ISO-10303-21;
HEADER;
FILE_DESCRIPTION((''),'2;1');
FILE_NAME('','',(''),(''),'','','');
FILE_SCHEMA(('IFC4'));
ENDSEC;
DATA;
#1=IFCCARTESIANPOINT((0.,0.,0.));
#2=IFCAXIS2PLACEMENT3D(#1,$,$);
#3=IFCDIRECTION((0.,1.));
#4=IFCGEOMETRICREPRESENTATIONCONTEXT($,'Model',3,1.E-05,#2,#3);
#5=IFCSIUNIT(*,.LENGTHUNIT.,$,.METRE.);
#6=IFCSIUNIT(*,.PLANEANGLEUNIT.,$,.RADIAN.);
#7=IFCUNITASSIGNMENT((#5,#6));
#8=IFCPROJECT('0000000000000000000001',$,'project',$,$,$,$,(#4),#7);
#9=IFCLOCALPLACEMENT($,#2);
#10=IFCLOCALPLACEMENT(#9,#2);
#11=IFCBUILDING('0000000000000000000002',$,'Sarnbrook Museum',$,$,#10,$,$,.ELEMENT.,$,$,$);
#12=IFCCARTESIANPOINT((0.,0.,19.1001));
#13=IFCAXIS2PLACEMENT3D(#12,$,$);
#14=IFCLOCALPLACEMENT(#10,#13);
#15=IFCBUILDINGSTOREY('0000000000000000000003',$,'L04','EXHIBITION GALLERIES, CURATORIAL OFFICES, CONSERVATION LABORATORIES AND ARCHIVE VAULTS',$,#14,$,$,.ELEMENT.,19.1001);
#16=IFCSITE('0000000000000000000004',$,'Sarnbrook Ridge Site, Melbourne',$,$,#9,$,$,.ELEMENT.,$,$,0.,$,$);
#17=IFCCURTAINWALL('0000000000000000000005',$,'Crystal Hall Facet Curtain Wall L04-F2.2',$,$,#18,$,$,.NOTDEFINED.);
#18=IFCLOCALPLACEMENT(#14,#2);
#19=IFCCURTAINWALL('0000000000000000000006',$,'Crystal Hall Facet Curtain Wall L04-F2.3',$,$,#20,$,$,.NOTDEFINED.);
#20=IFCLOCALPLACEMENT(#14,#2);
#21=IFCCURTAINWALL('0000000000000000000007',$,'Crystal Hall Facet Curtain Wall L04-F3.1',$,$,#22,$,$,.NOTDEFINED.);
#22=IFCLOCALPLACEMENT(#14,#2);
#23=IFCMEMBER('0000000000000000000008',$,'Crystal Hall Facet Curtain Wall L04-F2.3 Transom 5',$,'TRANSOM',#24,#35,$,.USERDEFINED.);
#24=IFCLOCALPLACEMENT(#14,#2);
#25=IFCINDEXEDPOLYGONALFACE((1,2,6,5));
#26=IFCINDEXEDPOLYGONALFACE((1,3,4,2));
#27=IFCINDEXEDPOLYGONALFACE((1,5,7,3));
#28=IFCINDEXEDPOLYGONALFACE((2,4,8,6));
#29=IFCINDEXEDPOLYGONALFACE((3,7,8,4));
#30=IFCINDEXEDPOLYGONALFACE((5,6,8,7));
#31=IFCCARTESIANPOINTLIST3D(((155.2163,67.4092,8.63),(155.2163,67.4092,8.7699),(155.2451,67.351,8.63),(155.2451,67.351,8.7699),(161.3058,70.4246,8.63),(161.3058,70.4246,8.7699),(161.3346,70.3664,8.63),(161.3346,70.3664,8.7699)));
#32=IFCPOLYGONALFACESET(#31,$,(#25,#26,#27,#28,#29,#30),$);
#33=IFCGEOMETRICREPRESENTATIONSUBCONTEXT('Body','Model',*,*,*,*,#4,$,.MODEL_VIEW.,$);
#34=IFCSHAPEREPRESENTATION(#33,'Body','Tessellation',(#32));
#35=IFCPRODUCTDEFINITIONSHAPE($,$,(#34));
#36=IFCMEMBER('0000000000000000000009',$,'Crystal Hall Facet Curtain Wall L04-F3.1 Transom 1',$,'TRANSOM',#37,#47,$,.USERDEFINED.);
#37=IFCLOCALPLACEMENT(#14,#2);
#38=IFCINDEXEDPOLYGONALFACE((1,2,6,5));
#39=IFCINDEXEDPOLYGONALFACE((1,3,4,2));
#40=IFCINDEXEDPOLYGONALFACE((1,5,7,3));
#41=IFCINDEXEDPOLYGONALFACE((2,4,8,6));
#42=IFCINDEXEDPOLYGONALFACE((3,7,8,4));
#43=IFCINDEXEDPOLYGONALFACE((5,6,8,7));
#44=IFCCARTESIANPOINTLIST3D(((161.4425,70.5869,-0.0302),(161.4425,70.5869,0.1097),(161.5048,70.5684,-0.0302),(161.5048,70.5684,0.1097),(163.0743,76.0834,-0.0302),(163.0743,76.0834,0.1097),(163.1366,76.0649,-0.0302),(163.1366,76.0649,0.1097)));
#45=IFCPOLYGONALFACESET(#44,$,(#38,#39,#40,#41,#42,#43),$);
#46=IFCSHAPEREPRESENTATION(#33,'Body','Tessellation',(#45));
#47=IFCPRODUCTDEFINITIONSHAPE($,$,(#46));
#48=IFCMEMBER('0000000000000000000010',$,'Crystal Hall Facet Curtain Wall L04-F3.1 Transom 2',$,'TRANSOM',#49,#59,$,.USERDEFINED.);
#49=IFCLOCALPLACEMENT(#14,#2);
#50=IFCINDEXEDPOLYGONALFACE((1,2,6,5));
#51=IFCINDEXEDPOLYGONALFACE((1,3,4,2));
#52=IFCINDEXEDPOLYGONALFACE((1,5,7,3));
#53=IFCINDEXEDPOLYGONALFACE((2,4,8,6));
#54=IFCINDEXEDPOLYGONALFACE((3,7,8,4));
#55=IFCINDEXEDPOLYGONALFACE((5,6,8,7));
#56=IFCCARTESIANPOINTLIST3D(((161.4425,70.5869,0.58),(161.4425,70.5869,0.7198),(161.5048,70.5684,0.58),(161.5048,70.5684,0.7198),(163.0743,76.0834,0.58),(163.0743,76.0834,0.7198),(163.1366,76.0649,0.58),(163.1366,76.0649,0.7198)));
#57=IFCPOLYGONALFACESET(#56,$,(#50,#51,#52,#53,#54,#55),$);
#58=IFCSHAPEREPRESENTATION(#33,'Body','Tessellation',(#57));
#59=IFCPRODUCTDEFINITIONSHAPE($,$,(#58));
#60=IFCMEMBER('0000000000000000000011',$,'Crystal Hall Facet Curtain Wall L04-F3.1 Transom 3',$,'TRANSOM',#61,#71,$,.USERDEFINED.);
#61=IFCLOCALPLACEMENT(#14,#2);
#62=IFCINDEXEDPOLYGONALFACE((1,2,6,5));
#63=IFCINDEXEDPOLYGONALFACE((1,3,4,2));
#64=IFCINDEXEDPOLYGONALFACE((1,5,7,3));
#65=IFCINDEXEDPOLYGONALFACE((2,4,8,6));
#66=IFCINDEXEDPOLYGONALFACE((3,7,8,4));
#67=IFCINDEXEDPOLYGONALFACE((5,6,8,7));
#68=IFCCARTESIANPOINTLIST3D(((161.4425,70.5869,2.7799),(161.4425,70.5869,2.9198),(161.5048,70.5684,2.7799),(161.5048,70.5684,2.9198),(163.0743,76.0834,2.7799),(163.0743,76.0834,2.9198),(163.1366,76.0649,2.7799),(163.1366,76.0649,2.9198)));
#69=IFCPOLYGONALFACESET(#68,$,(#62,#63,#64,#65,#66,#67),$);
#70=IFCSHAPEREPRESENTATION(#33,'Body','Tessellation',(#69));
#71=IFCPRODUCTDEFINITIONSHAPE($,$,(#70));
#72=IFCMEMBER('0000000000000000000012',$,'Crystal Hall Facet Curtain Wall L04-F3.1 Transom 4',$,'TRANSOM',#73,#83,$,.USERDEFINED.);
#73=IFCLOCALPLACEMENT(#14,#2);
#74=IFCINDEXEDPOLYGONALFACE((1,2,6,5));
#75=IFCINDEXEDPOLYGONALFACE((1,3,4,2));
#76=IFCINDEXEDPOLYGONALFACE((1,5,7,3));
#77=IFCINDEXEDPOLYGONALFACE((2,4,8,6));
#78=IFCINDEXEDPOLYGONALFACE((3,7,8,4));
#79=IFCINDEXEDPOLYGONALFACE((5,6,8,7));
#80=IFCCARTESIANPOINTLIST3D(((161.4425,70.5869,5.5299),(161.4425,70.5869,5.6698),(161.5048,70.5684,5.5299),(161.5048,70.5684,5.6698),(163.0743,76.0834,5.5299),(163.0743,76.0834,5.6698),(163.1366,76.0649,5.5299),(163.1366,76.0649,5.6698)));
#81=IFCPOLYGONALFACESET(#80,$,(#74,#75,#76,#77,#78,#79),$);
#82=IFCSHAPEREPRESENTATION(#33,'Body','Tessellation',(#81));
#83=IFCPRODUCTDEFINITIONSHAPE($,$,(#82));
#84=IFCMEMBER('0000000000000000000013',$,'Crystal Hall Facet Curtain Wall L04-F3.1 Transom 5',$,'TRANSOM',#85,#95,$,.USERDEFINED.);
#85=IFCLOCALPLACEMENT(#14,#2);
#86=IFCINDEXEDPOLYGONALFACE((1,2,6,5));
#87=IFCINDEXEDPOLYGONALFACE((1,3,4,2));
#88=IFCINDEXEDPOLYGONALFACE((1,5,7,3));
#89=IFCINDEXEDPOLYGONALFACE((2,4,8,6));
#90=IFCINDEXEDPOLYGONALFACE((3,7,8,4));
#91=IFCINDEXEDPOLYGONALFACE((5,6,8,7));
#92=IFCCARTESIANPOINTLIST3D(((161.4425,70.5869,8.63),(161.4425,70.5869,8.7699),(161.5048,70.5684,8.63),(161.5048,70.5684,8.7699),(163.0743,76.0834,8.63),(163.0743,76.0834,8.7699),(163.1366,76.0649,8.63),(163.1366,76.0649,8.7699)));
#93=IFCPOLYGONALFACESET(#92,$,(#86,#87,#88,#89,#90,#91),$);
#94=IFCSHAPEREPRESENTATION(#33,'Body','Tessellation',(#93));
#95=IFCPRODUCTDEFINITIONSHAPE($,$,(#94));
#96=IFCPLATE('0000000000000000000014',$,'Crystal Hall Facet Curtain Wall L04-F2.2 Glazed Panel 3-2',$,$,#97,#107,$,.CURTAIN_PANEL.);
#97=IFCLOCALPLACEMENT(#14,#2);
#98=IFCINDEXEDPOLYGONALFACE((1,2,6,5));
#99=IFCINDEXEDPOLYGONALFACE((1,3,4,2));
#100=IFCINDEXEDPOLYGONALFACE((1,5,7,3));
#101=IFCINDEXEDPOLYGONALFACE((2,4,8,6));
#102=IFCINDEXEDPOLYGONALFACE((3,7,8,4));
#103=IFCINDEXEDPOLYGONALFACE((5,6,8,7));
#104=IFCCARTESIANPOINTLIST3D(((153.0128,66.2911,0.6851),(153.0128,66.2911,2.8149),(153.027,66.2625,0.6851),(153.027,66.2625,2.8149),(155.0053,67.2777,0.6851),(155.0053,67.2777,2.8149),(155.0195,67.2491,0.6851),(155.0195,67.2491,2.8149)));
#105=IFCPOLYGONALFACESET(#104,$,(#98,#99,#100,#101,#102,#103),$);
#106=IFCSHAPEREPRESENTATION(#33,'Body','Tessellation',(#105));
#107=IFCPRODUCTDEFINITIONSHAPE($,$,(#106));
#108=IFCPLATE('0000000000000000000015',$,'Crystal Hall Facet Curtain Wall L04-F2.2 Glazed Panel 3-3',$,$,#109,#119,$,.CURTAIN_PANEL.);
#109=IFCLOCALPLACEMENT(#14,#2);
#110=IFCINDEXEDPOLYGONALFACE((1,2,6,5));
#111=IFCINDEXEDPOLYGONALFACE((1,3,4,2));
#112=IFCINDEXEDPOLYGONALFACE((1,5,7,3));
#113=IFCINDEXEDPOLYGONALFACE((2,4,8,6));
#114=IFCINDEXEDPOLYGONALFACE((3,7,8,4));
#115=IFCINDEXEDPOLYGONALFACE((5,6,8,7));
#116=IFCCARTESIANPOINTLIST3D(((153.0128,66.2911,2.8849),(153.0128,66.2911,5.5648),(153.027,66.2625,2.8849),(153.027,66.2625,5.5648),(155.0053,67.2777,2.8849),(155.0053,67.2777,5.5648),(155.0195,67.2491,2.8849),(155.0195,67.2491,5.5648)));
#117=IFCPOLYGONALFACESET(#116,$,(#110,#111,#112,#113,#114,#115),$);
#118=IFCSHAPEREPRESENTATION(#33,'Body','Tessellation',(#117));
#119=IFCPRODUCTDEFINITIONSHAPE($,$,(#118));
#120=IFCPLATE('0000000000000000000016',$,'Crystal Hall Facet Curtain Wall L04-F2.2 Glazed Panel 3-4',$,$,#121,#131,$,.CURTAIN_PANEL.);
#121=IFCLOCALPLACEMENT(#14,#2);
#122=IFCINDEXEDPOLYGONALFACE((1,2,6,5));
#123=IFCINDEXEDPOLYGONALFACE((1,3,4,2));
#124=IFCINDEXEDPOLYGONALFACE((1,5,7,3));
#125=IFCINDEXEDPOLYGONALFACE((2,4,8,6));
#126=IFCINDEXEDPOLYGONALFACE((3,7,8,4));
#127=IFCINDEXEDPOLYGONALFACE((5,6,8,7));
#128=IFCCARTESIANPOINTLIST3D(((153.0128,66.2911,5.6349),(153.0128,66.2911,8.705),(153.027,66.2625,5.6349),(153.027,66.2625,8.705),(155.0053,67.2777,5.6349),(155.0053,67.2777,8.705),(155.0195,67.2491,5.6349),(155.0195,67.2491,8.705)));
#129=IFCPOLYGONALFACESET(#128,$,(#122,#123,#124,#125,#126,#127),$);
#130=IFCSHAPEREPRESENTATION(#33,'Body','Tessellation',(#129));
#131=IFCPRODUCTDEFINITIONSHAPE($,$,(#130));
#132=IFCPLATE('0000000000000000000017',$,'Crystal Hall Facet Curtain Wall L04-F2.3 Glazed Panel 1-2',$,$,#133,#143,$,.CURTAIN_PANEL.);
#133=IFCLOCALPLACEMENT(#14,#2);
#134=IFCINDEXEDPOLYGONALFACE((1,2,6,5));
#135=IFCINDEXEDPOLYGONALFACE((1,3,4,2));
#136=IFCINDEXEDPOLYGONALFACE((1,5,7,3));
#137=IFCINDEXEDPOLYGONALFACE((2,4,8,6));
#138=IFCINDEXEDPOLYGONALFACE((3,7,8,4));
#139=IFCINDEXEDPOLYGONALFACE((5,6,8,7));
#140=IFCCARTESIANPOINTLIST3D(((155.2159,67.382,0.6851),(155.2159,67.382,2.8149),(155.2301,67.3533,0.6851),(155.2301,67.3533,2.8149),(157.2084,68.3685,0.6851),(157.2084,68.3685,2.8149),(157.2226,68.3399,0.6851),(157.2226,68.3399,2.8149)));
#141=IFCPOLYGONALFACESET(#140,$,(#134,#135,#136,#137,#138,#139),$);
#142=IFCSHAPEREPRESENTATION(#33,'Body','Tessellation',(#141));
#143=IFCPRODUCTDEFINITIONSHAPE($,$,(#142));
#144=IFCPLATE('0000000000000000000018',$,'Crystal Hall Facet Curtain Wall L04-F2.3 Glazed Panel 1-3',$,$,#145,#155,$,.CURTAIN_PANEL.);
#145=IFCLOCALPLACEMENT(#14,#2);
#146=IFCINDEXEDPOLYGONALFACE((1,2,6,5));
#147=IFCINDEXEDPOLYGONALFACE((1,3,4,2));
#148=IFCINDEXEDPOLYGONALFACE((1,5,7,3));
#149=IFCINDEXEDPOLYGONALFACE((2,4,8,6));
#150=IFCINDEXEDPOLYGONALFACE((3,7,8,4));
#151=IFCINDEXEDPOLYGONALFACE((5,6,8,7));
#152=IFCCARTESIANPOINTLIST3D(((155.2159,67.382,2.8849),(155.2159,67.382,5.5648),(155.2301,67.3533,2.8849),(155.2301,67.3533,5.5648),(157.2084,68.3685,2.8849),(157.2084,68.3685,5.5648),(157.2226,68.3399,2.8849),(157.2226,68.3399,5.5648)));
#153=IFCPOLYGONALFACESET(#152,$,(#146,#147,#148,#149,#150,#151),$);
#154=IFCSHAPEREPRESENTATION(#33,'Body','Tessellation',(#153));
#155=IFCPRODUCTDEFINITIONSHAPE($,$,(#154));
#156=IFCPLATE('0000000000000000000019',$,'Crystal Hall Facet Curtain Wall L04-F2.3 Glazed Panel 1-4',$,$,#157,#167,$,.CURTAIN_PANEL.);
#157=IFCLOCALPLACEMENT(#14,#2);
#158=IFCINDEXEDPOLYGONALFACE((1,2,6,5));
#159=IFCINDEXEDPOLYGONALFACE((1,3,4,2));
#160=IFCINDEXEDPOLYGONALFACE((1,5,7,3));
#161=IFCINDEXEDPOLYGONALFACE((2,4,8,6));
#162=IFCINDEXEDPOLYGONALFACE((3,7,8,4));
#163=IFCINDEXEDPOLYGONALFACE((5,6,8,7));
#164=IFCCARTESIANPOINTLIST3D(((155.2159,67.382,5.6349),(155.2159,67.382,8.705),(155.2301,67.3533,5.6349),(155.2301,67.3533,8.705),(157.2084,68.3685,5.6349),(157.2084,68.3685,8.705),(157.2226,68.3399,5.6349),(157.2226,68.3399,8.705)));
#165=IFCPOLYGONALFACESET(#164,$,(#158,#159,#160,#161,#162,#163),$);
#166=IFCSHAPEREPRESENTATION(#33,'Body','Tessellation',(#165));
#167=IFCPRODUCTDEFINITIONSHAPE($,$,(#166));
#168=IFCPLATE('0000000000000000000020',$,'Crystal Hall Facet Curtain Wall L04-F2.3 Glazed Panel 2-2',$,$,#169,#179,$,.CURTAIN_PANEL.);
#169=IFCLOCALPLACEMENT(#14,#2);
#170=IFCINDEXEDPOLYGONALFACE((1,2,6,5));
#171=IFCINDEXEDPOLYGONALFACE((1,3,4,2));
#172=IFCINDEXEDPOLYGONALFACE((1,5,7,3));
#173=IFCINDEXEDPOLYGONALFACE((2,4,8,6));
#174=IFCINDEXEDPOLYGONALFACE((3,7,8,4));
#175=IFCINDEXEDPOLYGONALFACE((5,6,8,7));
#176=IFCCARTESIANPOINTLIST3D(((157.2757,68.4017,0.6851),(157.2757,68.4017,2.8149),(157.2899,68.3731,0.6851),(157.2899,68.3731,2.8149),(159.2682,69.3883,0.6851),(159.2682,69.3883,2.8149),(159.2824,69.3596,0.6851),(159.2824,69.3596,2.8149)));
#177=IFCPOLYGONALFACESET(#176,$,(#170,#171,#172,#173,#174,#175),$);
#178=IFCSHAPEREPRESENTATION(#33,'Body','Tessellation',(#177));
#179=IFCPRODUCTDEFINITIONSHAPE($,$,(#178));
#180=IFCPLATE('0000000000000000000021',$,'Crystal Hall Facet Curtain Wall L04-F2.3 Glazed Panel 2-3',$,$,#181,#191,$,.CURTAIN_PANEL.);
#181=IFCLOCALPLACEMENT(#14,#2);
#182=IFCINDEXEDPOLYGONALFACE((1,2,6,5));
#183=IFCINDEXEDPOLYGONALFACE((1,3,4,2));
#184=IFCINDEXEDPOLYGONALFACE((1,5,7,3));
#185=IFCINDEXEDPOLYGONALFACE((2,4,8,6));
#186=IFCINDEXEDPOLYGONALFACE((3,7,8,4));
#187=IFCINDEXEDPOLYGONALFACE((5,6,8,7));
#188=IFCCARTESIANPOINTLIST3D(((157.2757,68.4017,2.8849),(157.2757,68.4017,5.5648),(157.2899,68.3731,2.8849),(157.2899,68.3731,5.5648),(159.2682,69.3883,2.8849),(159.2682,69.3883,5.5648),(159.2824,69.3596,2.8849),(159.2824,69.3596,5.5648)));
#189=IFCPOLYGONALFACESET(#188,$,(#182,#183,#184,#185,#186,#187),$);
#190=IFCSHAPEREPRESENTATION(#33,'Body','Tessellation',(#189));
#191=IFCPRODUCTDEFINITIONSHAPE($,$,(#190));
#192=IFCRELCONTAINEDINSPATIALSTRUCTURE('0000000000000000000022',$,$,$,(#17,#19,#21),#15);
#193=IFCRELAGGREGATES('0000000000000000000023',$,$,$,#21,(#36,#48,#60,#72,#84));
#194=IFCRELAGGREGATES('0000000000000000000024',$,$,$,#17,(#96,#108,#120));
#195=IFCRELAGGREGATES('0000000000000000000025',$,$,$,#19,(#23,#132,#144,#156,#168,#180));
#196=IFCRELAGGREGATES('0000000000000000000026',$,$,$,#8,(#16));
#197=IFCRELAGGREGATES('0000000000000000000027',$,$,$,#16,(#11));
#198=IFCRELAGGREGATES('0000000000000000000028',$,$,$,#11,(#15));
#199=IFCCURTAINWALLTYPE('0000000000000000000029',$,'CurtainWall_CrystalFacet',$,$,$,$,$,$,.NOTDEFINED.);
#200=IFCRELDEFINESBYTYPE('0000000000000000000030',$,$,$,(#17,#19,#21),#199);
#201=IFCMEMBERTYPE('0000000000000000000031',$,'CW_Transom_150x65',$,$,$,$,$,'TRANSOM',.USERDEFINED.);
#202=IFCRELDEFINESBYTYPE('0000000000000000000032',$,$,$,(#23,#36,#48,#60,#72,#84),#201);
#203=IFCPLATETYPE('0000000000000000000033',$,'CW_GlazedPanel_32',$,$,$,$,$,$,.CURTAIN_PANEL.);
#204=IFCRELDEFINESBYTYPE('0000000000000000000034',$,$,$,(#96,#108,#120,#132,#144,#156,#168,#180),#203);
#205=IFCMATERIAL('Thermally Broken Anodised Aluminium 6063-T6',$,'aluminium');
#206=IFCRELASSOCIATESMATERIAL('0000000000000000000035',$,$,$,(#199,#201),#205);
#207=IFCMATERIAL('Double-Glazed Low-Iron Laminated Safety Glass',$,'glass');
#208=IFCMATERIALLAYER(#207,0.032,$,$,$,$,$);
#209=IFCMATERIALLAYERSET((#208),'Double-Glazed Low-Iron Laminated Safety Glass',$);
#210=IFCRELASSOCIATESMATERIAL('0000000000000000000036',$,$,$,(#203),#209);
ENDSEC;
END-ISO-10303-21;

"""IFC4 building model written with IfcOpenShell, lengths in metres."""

from ifc_helpers import new_model, si_unit, direction, frame, origin, origin_2d, place, context, subcontext, project, spatial, rectangle, extrude, material, layer, layer_set, material_profile, profile_set, type_object, element, aggregate, save


model = new_model("IFC4")

# Units and contexts
model_context = context("Model", 3, precision=1e-05, world=origin(), true_north=direction((0.0, 1.0)))
body_context = subcontext(model_context, "Body", "Model", "MODEL_VIEW")
ifc_project = project(units=[si_unit("LENGTHUNIT", "METRE"), si_unit("PLANEANGLEUNIT", "RADIAN")], contexts=[model_context])

# Site, building, storey
site_placement = place(None, origin())
site = spatial("IfcSite", under=ifc_project, at=site_placement, Name="Sarnbrook Ridge Site, Melbourne", CompositionType="ELEMENT", RefElevation=0.0)
building_placement = place(site_placement, origin())
building = spatial("IfcBuilding", under=site, at=building_placement, Name="Sarnbrook Museum", CompositionType="ELEMENT")
storey_placement = place(building_placement, frame((0.0, 0.0, 19.1001)))
storey = spatial("IfcBuildingStorey", under=building, at=storey_placement, Name="L04", Description="EXHIBITION GALLERIES, CURATORIAL OFFICES, CONSERVATION LABORATORIES AND ARCHIVE VAULTS", CompositionType="ELEMENT", Elevation=19.1001)

# Curtain walls
ifc_material_1 = material(Name="Thermally Broken Anodised Aluminium 6063-T6", Category="aluminium")
curtain_wall_type = type_object("IfcCurtainWallType", Name="CurtainWall_CrystalFacet", PredefinedType="NOTDEFINED", material=ifc_material_1)
curtain_wall_1_placement = place(storey_placement, origin())
curtain_wall_1 = element("IfcCurtainWall", 1, at=curtain_wall_1_placement, inside=storey, type_object=curtain_wall_type, Name="Crystal Hall Facet Curtain Wall L04-F2.2", PredefinedType="NOTDEFINED")
curtain_wall_2_placement = place(storey_placement, origin())
curtain_wall_2 = element("IfcCurtainWall", 2, at=curtain_wall_2_placement, inside=storey, type_object=curtain_wall_type, Name="Crystal Hall Facet Curtain Wall L04-F2.3", PredefinedType="NOTDEFINED")

# Curtain wall
curtain_wall_3_placement = place(storey_placement, origin())
curtain_wall_3 = element("IfcCurtainWall", 3, at=curtain_wall_3_placement, inside=storey, type_object=curtain_wall_type, Name="Crystal Hall Facet Curtain Wall L04-F3.1", PredefinedType="NOTDEFINED")

# Members
ifc_material_profile_1 = material_profile(ifc_material_1, rectangle(XDim=0.0649, YDim=0.1399, at=origin_2d()), Name="ALU TRANSOM 65x140")
ifc_profile_set_1 = profile_set([ifc_material_profile_1], Name="Thermally Broken Anodised Aluminium 6063-T6")
member_type_1 = type_object("IfcMemberType", Name="CW_Transom_150x65", ElementType="TRANSOM", PredefinedType="USERDEFINED", material=ifc_profile_set_1)
member_1_placement = place(storey_placement, frame((155.2307, 67.3801, 8.7), z_axis=(0.896152, 0.443747, 0.0), x_axis=(-0.443747, 0.896152, 0.0)))
member_1 = element("IfcMember", 4, at=member_1_placement, type_object=member_type_1, Name="Crystal Hall Facet Curtain Wall L04-F2.3 Transom 5", ObjectType="TRANSOM", PredefinedType="USERDEFINED", context=body_context, shape_type="SweptSolid", body=[
    extrude(rectangle(XDim=0.0649, YDim=0.1399, at=origin_2d()), origin(), (0.0, 0.0, 1.0), 6.7952),
])
member_2_placement = place(storey_placement, frame((161.4736, 70.5776, 0.0398), z_axis=(0.284604, 0.958645, 0.0), x_axis=(-0.958645, 0.284604, 0.0)))
member_2 = element("IfcMember", 5, at=member_2_placement, type_object=member_type_1, Name="Crystal Hall Facet Curtain Wall L04-F3.1 Transom 1", ObjectType="TRANSOM", PredefinedType="USERDEFINED", context=body_context, shape_type="SweptSolid", body=[
    extrude(rectangle(XDim=0.0649, YDim=0.1399, at=origin_2d()), origin(), (0.0, 0.0, 1.0), 5.7336),
])
member_3_placement = place(storey_placement, frame((161.4736, 70.5776, 0.6499), z_axis=(0.284604, 0.958645, 0.0), x_axis=(-0.958645, 0.284604, 0.0)))
member_3 = element("IfcMember", 6, at=member_3_placement, type_object=member_type_1, Name="Crystal Hall Facet Curtain Wall L04-F3.1 Transom 2", ObjectType="TRANSOM", PredefinedType="USERDEFINED", context=body_context, shape_type="SweptSolid", body=[
    extrude(rectangle(XDim=0.0649, YDim=0.1399, at=origin_2d()), origin(), (0.0, 0.0, 1.0), 5.7336),
])
member_4_placement = place(storey_placement, frame((161.4736, 70.5776, 2.8499), z_axis=(0.284604, 0.958645, 0.0), x_axis=(-0.958645, 0.284604, 0.0)))
member_4 = element("IfcMember", 7, at=member_4_placement, type_object=member_type_1, Name="Crystal Hall Facet Curtain Wall L04-F3.1 Transom 3", ObjectType="TRANSOM", PredefinedType="USERDEFINED", context=body_context, shape_type="SweptSolid", body=[
    extrude(rectangle(XDim=0.0649, YDim=0.1399, at=origin_2d()), origin(), (0.0, 0.0, 1.0), 5.7336),
])
member_5_placement = place(storey_placement, frame((161.4736, 70.5776, 5.5999), z_axis=(0.284604, 0.958645, 0.0), x_axis=(-0.958645, 0.284604, 0.0)))
member_5 = element("IfcMember", 8, at=member_5_placement, type_object=member_type_1, Name="Crystal Hall Facet Curtain Wall L04-F3.1 Transom 4", ObjectType="TRANSOM", PredefinedType="USERDEFINED", context=body_context, shape_type="SweptSolid", body=[
    extrude(rectangle(XDim=0.0649, YDim=0.1399, at=origin_2d()), origin(), (0.0, 0.0, 1.0), 5.7336),
])
member_6_placement = place(storey_placement, frame((161.4736, 70.5776, 8.7), z_axis=(0.284604, 0.958645, 0.0), x_axis=(-0.958645, 0.284604, 0.0)))
member_6 = element("IfcMember", 9, at=member_6_placement, type_object=member_type_1, Name="Crystal Hall Facet Curtain Wall L04-F3.1 Transom 5", ObjectType="TRANSOM", PredefinedType="USERDEFINED", context=body_context, shape_type="SweptSolid", body=[
    extrude(rectangle(XDim=0.0649, YDim=0.1399, at=origin_2d()), origin(), (0.0, 0.0, 1.0), 5.7336),
])
aggregate(curtain_wall_3, [member_2, member_3, member_4, member_5, member_6])

# Plates
ifc_material_2 = material(Name="Double-Glazed Low-Iron Laminated Safety Glass", Category="glass")
ifc_layer_1 = layer(ifc_material_2, 0.032)
ifc_layer_set_1 = layer_set([ifc_layer_1], Name="Double-Glazed Low-Iron Laminated Safety Glass")
plate_type_1 = type_object("IfcPlateType", Name="CW_GlazedPanel_32", PredefinedType="CURTAIN_PANEL", material=ifc_layer_set_1)
plate_1_placement = place(storey_placement, frame((154.009, 66.7844, 1.75), z_axis=(0.443729, -0.896161, 0.0), x_axis=(0.896161, 0.443729, 0.0)))
plate_1 = element("IfcPlate", 10, at=plate_1_placement, type_object=plate_type_1, Name="Crystal Hall Facet Curtain Wall L04-F2.2 Glazed Panel 3-2", PredefinedType="CURTAIN_PANEL", context=body_context, shape_type="SweptSolid", body=[
    extrude(rectangle(XDim=2.2234, YDim=2.1299, at=origin_2d()), origin(), (0.0, 0.0, 1.0), 0.032),
])
plate_2_placement = place(storey_placement, frame((154.009, 66.7844, 4.2249), z_axis=(0.443729, -0.896161, 0.0), x_axis=(0.896161, 0.443729, 0.0)))
plate_2 = element("IfcPlate", 11, at=plate_2_placement, type_object=plate_type_1, Name="Crystal Hall Facet Curtain Wall L04-F2.2 Glazed Panel 3-3", PredefinedType="CURTAIN_PANEL", context=body_context, shape_type="SweptSolid", body=[
    extrude(rectangle(XDim=2.2234, YDim=2.6799, at=origin_2d()), origin(), (0.0, 0.0, 1.0), 0.032),
])
plate_3_placement = place(storey_placement, frame((154.009, 66.7844, 7.1699), z_axis=(0.443729, -0.896161, 0.0), x_axis=(0.896161, 0.443729, 0.0)))
plate_3 = element("IfcPlate", 12, at=plate_3_placement, type_object=plate_type_1, Name="Crystal Hall Facet Curtain Wall L04-F2.2 Glazed Panel 3-4", PredefinedType="CURTAIN_PANEL", context=body_context, shape_type="SweptSolid", body=[
    extrude(rectangle(XDim=2.2234, YDim=3.0701, at=origin_2d()), origin(), (0.0, 0.0, 1.0), 0.032),
])
plate_4_placement = place(storey_placement, frame((156.2122, 67.8752, 1.75), z_axis=(0.443729, -0.896161, 0.0), x_axis=(0.896161, 0.443729, 0.0)))
plate_4 = element("IfcPlate", 13, at=plate_4_placement, type_object=plate_type_1, Name="Crystal Hall Facet Curtain Wall L04-F2.3 Glazed Panel 1-2", PredefinedType="CURTAIN_PANEL", context=body_context, shape_type="SweptSolid", body=[
    extrude(rectangle(XDim=2.2234, YDim=2.1299, at=origin_2d()), origin(), (0.0, 0.0, 1.0), 0.032),
])
plate_5_placement = place(storey_placement, frame((156.2122, 67.8752, 4.2249), z_axis=(0.443729, -0.896161, 0.0), x_axis=(0.896161, 0.443729, 0.0)))
plate_5 = element("IfcPlate", 14, at=plate_5_placement, type_object=plate_type_1, Name="Crystal Hall Facet Curtain Wall L04-F2.3 Glazed Panel 1-3", PredefinedType="CURTAIN_PANEL", context=body_context, shape_type="SweptSolid", body=[
    extrude(rectangle(XDim=2.2234, YDim=2.6799, at=origin_2d()), origin(), (0.0, 0.0, 1.0), 0.032),
])
plate_6_placement = place(storey_placement, frame((156.2122, 67.8752, 7.1699), z_axis=(0.443729, -0.896161, 0.0), x_axis=(0.896161, 0.443729, 0.0)))
plate_6 = element("IfcPlate", 15, at=plate_6_placement, type_object=plate_type_1, Name="Crystal Hall Facet Curtain Wall L04-F2.3 Glazed Panel 1-4", PredefinedType="CURTAIN_PANEL", context=body_context, shape_type="SweptSolid", body=[
    extrude(rectangle(XDim=2.2234, YDim=3.0701, at=origin_2d()), origin(), (0.0, 0.0, 1.0), 0.032),
])
plate_7_placement = place(storey_placement, frame((158.272, 68.895, 1.75), z_axis=(0.443729, -0.896161, 0.0), x_axis=(0.896161, 0.443729, 0.0)))
plate_7 = element("IfcPlate", 16, at=plate_7_placement, type_object=plate_type_1, Name="Crystal Hall Facet Curtain Wall L04-F2.3 Glazed Panel 2-2", PredefinedType="CURTAIN_PANEL", context=body_context, shape_type="SweptSolid", body=[
    extrude(rectangle(XDim=2.2234, YDim=2.1299, at=origin_2d()), origin(), (0.0, 0.0, 1.0), 0.032),
])
plate_8_placement = place(storey_placement, frame((158.272, 68.895, 4.2249), z_axis=(0.443729, -0.896161, 0.0), x_axis=(0.896161, 0.443729, 0.0)))
plate_8 = element("IfcPlate", 17, at=plate_8_placement, type_object=plate_type_1, Name="Crystal Hall Facet Curtain Wall L04-F2.3 Glazed Panel 2-3", PredefinedType="CURTAIN_PANEL", context=body_context, shape_type="SweptSolid", body=[
    extrude(rectangle(XDim=2.2234, YDim=2.6799, at=origin_2d()), origin(), (0.0, 0.0, 1.0), 0.032),
])
aggregate(curtain_wall_1, [plate_1, plate_2, plate_3])
aggregate(curtain_wall_2, [member_1, plate_4, plate_5, plate_6, plate_7, plate_8])

save(model, "model.ifc")
